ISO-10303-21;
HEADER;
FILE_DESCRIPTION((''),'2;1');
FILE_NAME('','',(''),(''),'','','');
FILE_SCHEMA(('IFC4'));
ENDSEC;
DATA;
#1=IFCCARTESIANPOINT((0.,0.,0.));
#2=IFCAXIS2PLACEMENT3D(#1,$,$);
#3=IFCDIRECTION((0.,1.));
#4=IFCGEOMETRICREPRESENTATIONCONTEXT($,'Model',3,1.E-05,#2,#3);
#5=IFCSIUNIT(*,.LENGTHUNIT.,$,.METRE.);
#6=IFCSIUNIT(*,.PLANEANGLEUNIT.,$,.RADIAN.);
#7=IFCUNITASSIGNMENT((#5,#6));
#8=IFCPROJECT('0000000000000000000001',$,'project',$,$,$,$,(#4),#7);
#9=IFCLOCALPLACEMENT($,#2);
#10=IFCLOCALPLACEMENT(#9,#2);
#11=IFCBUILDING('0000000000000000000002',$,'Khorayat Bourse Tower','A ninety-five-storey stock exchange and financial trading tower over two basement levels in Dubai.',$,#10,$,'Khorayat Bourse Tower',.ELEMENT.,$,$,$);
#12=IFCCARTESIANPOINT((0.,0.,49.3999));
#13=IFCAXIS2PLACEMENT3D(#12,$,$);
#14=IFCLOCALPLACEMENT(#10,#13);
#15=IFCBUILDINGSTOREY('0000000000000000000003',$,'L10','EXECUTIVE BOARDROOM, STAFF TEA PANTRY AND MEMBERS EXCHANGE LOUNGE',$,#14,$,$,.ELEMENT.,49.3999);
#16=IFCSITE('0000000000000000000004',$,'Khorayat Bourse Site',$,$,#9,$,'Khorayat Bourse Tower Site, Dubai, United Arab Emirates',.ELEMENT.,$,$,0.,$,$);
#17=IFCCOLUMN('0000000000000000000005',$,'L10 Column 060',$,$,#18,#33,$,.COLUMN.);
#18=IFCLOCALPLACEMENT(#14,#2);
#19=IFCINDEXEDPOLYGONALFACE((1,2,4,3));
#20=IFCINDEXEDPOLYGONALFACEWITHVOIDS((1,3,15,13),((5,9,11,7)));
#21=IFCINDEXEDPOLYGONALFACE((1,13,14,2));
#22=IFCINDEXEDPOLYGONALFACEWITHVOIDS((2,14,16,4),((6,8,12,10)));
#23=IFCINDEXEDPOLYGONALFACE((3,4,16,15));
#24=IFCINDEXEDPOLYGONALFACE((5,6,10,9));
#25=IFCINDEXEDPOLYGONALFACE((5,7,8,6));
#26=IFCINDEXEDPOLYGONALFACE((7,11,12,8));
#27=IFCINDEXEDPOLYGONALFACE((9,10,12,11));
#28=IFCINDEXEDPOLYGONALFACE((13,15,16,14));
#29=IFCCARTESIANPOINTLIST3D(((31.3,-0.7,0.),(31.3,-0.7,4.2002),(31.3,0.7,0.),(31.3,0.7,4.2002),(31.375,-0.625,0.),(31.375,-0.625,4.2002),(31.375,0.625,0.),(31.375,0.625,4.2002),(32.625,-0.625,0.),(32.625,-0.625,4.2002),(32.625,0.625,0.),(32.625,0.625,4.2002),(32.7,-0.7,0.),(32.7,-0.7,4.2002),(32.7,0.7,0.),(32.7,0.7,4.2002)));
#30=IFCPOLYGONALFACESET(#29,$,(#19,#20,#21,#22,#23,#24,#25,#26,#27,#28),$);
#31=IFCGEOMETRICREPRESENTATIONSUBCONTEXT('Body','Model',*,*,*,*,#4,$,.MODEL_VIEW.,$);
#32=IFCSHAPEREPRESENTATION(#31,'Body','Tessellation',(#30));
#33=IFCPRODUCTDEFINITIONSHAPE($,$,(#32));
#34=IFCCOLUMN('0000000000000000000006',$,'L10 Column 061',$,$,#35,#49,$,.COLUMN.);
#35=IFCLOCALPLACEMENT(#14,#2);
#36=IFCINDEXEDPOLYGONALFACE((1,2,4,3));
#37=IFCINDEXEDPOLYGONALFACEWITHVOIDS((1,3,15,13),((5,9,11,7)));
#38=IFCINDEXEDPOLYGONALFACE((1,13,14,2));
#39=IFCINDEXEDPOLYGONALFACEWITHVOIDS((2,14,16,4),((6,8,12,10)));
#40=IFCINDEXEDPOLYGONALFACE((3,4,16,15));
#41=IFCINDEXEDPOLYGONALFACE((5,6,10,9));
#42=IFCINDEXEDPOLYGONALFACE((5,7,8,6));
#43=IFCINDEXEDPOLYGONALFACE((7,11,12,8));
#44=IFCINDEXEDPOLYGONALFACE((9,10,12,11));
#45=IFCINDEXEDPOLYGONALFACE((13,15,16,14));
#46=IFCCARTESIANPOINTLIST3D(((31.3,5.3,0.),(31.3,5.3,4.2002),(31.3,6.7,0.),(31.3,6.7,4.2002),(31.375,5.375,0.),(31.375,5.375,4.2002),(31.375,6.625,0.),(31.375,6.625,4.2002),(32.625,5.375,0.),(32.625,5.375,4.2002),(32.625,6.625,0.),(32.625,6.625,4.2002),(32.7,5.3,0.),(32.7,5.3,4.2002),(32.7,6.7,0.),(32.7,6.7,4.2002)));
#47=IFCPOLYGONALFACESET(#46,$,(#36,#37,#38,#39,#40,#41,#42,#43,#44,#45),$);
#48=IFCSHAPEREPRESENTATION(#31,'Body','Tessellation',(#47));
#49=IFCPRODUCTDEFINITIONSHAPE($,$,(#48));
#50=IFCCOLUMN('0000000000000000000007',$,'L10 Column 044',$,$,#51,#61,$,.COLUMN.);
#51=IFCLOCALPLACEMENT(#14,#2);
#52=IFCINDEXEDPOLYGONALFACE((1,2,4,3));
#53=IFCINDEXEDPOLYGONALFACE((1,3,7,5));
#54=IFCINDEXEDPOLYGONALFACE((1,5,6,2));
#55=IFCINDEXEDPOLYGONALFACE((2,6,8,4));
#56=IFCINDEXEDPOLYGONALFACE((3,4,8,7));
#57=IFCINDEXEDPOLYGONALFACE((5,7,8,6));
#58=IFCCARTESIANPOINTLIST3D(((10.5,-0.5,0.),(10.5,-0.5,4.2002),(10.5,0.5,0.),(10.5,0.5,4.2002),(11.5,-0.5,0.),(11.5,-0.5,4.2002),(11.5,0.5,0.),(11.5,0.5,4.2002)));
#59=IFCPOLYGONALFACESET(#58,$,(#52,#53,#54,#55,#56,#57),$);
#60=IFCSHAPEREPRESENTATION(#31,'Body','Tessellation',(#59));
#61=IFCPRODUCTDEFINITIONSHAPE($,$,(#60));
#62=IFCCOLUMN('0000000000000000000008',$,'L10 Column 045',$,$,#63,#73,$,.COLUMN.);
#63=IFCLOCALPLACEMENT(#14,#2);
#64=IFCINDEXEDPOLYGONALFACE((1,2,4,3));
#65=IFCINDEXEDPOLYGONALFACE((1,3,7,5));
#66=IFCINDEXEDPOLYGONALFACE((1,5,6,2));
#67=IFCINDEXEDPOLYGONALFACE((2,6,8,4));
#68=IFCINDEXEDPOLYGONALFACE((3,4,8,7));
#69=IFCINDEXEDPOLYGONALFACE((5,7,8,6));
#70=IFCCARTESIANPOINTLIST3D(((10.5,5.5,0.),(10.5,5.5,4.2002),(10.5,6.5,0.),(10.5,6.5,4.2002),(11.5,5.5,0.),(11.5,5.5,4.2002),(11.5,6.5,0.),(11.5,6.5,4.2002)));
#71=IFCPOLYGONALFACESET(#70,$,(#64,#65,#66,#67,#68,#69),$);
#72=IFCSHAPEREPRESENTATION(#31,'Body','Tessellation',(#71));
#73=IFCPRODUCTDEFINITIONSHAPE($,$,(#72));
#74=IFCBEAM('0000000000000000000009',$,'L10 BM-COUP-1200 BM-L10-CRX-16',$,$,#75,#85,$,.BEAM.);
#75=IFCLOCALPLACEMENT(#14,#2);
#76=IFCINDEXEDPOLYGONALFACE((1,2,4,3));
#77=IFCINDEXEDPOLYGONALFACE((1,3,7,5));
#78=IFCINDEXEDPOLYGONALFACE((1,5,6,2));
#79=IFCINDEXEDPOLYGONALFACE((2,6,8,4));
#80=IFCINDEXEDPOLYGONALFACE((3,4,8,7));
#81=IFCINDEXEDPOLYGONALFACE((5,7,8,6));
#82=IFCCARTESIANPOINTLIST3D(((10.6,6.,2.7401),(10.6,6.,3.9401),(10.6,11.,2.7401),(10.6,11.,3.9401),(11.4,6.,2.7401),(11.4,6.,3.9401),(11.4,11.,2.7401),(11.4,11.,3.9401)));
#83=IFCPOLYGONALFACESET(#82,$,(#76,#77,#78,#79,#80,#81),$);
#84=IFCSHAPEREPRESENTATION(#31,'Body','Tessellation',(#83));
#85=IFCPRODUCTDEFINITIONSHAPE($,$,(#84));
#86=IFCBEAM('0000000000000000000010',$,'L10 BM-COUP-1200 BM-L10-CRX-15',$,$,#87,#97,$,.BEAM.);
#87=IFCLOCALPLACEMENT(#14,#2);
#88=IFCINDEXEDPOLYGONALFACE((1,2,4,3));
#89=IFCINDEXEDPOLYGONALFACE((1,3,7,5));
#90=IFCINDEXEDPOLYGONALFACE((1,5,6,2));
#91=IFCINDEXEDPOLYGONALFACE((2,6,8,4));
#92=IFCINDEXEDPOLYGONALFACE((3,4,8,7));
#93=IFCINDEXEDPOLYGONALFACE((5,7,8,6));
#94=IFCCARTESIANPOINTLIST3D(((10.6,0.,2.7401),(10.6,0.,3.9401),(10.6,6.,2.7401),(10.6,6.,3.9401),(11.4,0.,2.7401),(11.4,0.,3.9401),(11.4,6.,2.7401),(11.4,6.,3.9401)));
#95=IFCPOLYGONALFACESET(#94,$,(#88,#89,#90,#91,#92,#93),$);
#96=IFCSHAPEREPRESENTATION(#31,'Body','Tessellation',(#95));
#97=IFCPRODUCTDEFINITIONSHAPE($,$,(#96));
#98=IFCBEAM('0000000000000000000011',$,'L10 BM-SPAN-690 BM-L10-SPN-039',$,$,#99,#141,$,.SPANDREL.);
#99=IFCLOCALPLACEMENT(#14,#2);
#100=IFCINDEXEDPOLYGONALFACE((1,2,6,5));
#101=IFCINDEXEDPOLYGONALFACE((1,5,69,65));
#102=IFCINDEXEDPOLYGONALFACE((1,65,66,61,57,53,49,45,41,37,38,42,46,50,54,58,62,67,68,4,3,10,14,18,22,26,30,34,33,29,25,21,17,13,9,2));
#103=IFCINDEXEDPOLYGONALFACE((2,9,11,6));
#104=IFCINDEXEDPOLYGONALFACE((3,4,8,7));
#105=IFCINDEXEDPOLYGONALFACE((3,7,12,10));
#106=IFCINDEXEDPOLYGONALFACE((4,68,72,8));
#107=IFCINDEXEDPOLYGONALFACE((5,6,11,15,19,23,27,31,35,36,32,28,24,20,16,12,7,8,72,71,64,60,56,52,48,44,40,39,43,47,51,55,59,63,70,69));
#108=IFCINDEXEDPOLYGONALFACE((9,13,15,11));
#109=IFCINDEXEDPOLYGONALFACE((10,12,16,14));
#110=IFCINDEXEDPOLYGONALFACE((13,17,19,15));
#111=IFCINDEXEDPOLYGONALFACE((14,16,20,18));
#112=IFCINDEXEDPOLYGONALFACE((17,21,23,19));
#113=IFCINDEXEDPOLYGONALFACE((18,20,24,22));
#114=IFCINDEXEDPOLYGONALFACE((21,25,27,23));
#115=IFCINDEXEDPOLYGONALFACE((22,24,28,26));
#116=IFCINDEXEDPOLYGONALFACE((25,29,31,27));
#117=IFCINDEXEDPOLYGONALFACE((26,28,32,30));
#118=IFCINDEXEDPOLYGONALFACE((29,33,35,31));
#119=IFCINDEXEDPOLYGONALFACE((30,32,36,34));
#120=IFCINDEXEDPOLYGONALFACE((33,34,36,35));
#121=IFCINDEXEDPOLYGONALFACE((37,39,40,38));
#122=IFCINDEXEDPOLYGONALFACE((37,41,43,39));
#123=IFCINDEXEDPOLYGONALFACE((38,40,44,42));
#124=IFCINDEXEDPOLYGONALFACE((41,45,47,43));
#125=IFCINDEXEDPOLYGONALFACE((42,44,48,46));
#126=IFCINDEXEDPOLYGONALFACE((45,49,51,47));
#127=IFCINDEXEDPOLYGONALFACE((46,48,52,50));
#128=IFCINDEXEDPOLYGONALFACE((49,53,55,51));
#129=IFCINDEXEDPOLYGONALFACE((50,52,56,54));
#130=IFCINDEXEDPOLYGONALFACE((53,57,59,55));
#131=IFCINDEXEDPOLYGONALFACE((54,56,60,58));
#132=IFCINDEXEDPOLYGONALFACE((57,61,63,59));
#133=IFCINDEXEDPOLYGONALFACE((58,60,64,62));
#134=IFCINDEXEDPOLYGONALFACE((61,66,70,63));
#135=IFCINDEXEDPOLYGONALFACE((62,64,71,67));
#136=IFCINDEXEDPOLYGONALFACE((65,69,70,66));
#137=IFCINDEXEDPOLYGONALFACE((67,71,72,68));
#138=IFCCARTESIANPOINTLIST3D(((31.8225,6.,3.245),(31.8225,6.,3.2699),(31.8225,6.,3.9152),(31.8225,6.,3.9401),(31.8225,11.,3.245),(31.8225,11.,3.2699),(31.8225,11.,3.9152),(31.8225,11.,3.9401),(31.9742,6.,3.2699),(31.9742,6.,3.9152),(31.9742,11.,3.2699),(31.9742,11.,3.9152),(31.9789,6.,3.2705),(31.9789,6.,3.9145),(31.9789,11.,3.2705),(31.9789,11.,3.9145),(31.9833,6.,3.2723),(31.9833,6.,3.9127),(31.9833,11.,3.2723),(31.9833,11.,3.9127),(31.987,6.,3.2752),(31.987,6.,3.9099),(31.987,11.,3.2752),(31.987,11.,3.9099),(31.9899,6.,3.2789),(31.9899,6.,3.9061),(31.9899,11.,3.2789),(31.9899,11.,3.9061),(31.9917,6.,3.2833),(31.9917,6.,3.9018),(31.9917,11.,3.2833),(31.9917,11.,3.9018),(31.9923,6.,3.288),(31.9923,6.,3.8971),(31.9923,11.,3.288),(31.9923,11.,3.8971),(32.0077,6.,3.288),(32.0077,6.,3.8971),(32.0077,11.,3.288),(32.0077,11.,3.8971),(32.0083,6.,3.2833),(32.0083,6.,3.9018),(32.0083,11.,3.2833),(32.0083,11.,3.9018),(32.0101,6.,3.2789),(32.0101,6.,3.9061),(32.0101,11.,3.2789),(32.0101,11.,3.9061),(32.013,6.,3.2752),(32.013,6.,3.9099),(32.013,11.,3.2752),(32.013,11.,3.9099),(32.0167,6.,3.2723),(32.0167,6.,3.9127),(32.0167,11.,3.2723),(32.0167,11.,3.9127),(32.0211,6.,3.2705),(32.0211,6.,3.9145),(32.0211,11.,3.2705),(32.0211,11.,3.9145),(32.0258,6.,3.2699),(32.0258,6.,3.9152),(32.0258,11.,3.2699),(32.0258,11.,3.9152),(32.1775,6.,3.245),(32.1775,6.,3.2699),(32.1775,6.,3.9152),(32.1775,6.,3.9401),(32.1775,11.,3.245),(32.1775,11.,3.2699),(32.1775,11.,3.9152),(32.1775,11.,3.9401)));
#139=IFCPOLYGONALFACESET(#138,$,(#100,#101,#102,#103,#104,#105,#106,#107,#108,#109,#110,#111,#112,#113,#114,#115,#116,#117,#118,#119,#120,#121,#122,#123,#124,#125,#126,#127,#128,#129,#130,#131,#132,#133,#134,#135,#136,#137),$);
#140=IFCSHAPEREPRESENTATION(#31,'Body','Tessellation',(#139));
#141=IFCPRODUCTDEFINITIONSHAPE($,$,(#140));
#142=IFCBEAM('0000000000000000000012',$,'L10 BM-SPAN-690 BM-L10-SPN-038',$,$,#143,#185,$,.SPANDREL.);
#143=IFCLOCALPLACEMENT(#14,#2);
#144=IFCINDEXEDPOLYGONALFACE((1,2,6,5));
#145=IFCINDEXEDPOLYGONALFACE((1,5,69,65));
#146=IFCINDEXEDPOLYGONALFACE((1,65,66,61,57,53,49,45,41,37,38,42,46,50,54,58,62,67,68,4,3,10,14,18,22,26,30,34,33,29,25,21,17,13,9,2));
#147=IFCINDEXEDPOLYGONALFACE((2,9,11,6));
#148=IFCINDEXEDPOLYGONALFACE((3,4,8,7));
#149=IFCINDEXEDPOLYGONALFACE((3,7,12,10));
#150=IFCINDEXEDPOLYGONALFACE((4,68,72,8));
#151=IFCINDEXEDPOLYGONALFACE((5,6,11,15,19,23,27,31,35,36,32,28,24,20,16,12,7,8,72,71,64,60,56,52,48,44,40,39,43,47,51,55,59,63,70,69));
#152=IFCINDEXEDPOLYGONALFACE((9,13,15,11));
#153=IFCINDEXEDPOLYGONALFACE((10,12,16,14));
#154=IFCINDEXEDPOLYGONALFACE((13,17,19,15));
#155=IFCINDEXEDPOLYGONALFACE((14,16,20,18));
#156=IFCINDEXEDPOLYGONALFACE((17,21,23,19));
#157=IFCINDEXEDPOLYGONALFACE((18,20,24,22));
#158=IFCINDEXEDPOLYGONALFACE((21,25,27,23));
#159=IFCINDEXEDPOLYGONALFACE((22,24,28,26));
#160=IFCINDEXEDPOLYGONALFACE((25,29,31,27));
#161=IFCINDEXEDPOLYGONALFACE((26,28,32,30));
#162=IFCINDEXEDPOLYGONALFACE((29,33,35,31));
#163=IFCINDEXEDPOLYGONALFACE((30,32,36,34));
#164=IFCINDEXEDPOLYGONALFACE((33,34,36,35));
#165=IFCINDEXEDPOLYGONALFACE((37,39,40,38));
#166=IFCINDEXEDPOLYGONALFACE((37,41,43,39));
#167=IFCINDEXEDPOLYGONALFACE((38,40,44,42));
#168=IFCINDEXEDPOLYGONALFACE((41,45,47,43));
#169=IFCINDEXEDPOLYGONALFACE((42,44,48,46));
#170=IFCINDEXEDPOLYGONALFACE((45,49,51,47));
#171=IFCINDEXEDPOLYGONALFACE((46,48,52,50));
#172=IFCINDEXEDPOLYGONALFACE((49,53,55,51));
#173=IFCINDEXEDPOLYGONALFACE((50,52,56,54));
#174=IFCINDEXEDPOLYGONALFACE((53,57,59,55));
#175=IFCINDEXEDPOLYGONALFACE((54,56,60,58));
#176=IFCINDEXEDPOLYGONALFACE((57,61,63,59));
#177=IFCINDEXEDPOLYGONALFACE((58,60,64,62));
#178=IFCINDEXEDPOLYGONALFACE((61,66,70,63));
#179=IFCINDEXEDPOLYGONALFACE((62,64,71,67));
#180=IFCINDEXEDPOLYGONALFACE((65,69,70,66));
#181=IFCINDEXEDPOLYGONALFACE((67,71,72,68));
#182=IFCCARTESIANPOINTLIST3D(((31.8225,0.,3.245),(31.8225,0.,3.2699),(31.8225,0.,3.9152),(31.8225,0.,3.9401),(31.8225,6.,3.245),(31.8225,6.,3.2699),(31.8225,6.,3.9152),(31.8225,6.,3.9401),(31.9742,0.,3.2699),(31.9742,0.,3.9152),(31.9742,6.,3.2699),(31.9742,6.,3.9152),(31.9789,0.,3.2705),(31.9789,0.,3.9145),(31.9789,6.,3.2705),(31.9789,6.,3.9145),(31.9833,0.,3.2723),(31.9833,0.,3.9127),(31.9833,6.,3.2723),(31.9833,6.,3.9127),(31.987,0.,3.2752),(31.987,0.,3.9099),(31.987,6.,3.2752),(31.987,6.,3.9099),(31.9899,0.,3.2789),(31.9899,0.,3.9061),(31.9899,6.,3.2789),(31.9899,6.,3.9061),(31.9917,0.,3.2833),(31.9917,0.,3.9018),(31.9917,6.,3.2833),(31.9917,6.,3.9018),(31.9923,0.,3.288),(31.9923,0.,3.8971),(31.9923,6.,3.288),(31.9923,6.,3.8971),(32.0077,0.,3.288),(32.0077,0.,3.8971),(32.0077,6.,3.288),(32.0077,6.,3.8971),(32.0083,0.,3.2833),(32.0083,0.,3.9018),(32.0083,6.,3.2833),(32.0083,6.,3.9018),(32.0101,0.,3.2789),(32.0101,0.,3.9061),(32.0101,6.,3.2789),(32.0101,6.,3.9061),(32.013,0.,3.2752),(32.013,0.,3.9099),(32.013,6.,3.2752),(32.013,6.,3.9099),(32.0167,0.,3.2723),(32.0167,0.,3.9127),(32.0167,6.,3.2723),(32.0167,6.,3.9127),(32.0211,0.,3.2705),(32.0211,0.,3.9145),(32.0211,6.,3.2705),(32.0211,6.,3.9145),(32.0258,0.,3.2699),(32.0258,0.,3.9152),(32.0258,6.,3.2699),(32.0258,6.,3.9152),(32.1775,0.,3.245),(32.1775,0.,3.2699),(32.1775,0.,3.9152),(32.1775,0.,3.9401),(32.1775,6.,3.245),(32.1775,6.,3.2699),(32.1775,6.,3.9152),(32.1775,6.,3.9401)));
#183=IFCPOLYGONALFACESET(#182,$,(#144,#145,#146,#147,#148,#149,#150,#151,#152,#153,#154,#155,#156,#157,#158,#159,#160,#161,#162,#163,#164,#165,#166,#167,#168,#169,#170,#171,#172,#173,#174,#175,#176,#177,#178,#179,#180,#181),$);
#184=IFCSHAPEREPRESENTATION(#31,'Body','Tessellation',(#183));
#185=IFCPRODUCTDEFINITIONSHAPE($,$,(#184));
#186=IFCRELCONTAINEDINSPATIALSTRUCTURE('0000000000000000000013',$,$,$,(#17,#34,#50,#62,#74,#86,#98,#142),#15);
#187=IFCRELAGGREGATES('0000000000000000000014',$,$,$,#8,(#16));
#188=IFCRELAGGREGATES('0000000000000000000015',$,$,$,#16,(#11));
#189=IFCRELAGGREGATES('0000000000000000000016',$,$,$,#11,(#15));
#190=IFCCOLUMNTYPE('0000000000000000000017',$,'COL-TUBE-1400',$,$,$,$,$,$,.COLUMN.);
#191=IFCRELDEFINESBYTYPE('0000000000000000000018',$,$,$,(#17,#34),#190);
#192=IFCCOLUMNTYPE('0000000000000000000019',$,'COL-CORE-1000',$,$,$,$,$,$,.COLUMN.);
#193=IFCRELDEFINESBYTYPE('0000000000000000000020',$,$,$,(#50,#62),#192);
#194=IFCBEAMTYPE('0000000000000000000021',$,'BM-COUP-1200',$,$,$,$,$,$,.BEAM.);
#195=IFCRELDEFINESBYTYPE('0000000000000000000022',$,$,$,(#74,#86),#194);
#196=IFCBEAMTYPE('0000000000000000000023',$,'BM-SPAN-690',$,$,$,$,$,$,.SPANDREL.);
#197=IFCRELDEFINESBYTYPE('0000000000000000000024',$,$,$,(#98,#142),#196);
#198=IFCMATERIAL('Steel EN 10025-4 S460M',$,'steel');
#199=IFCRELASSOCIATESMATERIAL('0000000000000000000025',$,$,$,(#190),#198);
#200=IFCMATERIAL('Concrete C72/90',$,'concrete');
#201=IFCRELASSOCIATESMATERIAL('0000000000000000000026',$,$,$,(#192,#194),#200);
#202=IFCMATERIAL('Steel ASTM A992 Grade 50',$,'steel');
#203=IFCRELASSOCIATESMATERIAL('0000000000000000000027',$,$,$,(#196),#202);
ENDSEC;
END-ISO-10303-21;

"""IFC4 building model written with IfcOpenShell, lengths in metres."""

from ifc_helpers import new_model, si_unit, direction, frame, origin, origin_2d, place, context, subcontext, project, spatial, rectangle, hollow_rectangle, i_section, extrude, source, transform, mapped, material, material_profile, profile_set, type_object, element, save


model = new_model("IFC4")

# Units and contexts
model_context = context("Model", 3, precision=1e-05, world=origin(), true_north=direction((0.0, 1.0)))
body_context = subcontext(model_context, "Body", "Model", "MODEL_VIEW")
ifc_project = project(units=[si_unit("LENGTHUNIT", "METRE"), si_unit("PLANEANGLEUNIT", "RADIAN")], contexts=[model_context])

# Site, building, storey
site_placement = place(None, origin())
site = spatial("IfcSite", under=ifc_project, at=site_placement, Name="Khorayat Bourse Site", LongName="Khorayat Bourse Tower Site, Dubai, United Arab Emirates", CompositionType="ELEMENT", RefElevation=0.0)
building_placement = place(site_placement, origin())
building = spatial("IfcBuilding", under=site, at=building_placement, Name="Khorayat Bourse Tower", Description="A ninety-five-storey stock exchange and financial trading tower over two basement levels in Dubai.", LongName="Khorayat Bourse Tower", CompositionType="ELEMENT")
storey_placement = place(building_placement, frame((0.0, 0.0, 49.3999)))
storey = spatial("IfcBuildingStorey", under=building, at=storey_placement, Name="L10", Description="EXECUTIVE BOARDROOM, STAFF TEA PANTRY AND MEMBERS EXCHANGE LOUNGE", CompositionType="ELEMENT", Elevation=49.3999)

# Columns
ifc_material_1 = material(Name="Steel EN 10025-4 S460M", Category="steel")
ifc_material_profile_1 = material_profile(ifc_material_1, hollow_rectangle(XDim=1.3999, YDim=1.3999, WallThickness=0.075, at=origin_2d()), Name="BOX 1400x1400x75")
ifc_profile_set_1 = profile_set([ifc_material_profile_1], Name="Steel EN 10025-4 S460M")
column_type_1 = type_object("IfcColumnType", Name="COL-TUBE-1400", PredefinedType="COLUMN", material=ifc_profile_set_1)
shared_shape_1 = source(origin(), body_context, "Body", "SweptSolid", [
    extrude(hollow_rectangle(XDim=1.3999, YDim=1.3999, WallThickness=0.075, at=origin_2d()), origin(), (0.0, 0.0, 1.0), 4.2002),
])
for number, where, z_axis, x_axis, name in (
    (1, (32.0, 0.0, 0.0), (0.0, 0.0, 1.0), (1.0, 0.0, 0.0), "L10 Column 060"),
    (2, (32.0, 6.0, 0.0), (0.0, 0.0, 1.0), (1.0, 0.0, 0.0), "L10 Column 061"),
):
    element("IfcColumn", number, at=place(storey_placement, frame(where, z_axis=z_axis, x_axis=x_axis)), inside=storey, type_object=column_type_1, Name=name, PredefinedType="COLUMN", context=body_context, shape_type="MappedRepresentation", body=[
        mapped(shared_shape_1, transform((0.0, 0.0, 0.0), scale=1.0)),
    ])
ifc_material_2 = material(Name="Concrete C72/90", Category="concrete")
ifc_material_profile_2 = material_profile(ifc_material_2, rectangle(XDim=1.0, YDim=1.0, at=origin_2d()), Name="RC 1000x1000")
ifc_profile_set_2 = profile_set([ifc_material_profile_2], Name="Concrete C72/90")
column_type_2 = type_object("IfcColumnType", Name="COL-CORE-1000", PredefinedType="COLUMN", material=ifc_profile_set_2)
shared_shape_2 = source(origin(), body_context, "Body", "SweptSolid", [
    extrude(rectangle(XDim=1.0, YDim=1.0, at=origin_2d()), origin(), (0.0, 0.0, 1.0), 4.2002),
])
for number, where, z_axis, x_axis, name in (
    (3, (11.0, 0.0, 0.0), (0.0, 0.0, 1.0), (1.0, 0.0, 0.0), "L10 Column 044"),
    (4, (11.0, 6.0, 0.0), (0.0, 0.0, 1.0), (1.0, 0.0, 0.0), "L10 Column 045"),
):
    element("IfcColumn", number, at=place(storey_placement, frame(where, z_axis=z_axis, x_axis=x_axis)), inside=storey, type_object=column_type_2, Name=name, PredefinedType="COLUMN", context=body_context, shape_type="MappedRepresentation", body=[
        mapped(shared_shape_2, transform((0.0, 0.0, 0.0), scale=1.0)),
    ])

# Beams
ifc_material_profile_3 = material_profile(ifc_material_2, rectangle(XDim=0.8, YDim=1.2, at=origin_2d()), Name="RC 800x1200")
ifc_profile_set_3 = profile_set([ifc_material_profile_3], Name="Concrete C72/90")
beam_type_1 = type_object("IfcBeamType", Name="BM-COUP-1200", PredefinedType="BEAM", material=ifc_profile_set_3)
shared_shape_3 = source(origin(), body_context, "Body", "SweptSolid", [
    extrude(rectangle(XDim=0.8, YDim=1.2, at=origin_2d()), origin(), (0.0, 0.0, 1.0), 5.0),
])
beam_1_placement = place(storey_placement, frame((11.0, 6.0, 3.3401), z_axis=(0.0, 1.0, 0.0), x_axis=(-1.0, 0.0, 0.0)))
element("IfcBeam", 5, at=beam_1_placement, inside=storey, type_object=beam_type_1, Name="L10 BM-COUP-1200 BM-L10-CRX-16", PredefinedType="BEAM", context=body_context, shape_type="MappedRepresentation", body=[
    mapped(shared_shape_3, transform((0.0, 0.0, 0.0), scale=1.0)),
])
shared_shape_4 = source(origin(), body_context, "Body", "SweptSolid", [
    extrude(rectangle(XDim=0.8, YDim=1.2, at=origin_2d()), origin(), (0.0, 0.0, 1.0), 6.0),
])
beam_2_placement = place(storey_placement, frame((11.0, 0.0, 3.3401), z_axis=(0.0, 1.0, 0.0), x_axis=(-1.0, 0.0, 0.0)))
element("IfcBeam", 6, at=beam_2_placement, inside=storey, type_object=beam_type_1, Name="L10 BM-COUP-1200 BM-L10-CRX-15", PredefinedType="BEAM", context=body_context, shape_type="MappedRepresentation", body=[
    mapped(shared_shape_4, transform((0.0, 0.0, 0.0), scale=1.0)),
])
ifc_material_3 = material(Name="Steel ASTM A992 Grade 50", Category="steel")
ifc_material_profile_4 = material_profile(ifc_material_3, i_section(OverallWidth=0.355, OverallDepth=0.6951, WebThickness=0.0154, FlangeThickness=0.0249, FilletRadius=0.0181, at=origin_2d()), Name="W690X217")
ifc_profile_set_4 = profile_set([ifc_material_profile_4], Name="Steel ASTM A992 Grade 50")
beam_type_2 = type_object("IfcBeamType", Name="BM-SPAN-690", PredefinedType="SPANDREL", material=ifc_profile_set_4)
shared_shape_5 = source(origin(), body_context, "Body", "SweptSolid", [
    extrude(i_section(OverallWidth=0.355, OverallDepth=0.6951, WebThickness=0.0154, FlangeThickness=0.0249, FilletRadius=0.0181, at=origin_2d()), origin(), (0.0, 0.0, 1.0), 5.0),
])
beam_3_placement = place(storey_placement, frame((32.0, 6.0, 3.5925), z_axis=(0.0, 1.0, 0.0), x_axis=(-1.0, 0.0, 0.0)))
element("IfcBeam", 7, at=beam_3_placement, inside=storey, type_object=beam_type_2, Name="L10 BM-SPAN-690 BM-L10-SPN-039", PredefinedType="SPANDREL", context=body_context, shape_type="MappedRepresentation", body=[
    mapped(shared_shape_5, transform((0.0, 0.0, 0.0), scale=1.0)),
])
shared_shape_6 = source(origin(), body_context, "Body", "SweptSolid", [
    extrude(i_section(OverallWidth=0.355, OverallDepth=0.6951, WebThickness=0.0154, FlangeThickness=0.0249, FilletRadius=0.0181, at=origin_2d()), origin(), (0.0, 0.0, 1.0), 6.0),
])
beam_4_placement = place(storey_placement, frame((32.0, 0.0, 3.5925), z_axis=(0.0, 1.0, 0.0), x_axis=(-1.0, 0.0, 0.0)))
element("IfcBeam", 8, at=beam_4_placement, inside=storey, type_object=beam_type_2, Name="L10 BM-SPAN-690 BM-L10-SPN-038", PredefinedType="SPANDREL", context=body_context, shape_type="MappedRepresentation", body=[
    mapped(shared_shape_6, transform((0.0, 0.0, 0.0), scale=1.0)),
])

save(model, "model.ifc")
